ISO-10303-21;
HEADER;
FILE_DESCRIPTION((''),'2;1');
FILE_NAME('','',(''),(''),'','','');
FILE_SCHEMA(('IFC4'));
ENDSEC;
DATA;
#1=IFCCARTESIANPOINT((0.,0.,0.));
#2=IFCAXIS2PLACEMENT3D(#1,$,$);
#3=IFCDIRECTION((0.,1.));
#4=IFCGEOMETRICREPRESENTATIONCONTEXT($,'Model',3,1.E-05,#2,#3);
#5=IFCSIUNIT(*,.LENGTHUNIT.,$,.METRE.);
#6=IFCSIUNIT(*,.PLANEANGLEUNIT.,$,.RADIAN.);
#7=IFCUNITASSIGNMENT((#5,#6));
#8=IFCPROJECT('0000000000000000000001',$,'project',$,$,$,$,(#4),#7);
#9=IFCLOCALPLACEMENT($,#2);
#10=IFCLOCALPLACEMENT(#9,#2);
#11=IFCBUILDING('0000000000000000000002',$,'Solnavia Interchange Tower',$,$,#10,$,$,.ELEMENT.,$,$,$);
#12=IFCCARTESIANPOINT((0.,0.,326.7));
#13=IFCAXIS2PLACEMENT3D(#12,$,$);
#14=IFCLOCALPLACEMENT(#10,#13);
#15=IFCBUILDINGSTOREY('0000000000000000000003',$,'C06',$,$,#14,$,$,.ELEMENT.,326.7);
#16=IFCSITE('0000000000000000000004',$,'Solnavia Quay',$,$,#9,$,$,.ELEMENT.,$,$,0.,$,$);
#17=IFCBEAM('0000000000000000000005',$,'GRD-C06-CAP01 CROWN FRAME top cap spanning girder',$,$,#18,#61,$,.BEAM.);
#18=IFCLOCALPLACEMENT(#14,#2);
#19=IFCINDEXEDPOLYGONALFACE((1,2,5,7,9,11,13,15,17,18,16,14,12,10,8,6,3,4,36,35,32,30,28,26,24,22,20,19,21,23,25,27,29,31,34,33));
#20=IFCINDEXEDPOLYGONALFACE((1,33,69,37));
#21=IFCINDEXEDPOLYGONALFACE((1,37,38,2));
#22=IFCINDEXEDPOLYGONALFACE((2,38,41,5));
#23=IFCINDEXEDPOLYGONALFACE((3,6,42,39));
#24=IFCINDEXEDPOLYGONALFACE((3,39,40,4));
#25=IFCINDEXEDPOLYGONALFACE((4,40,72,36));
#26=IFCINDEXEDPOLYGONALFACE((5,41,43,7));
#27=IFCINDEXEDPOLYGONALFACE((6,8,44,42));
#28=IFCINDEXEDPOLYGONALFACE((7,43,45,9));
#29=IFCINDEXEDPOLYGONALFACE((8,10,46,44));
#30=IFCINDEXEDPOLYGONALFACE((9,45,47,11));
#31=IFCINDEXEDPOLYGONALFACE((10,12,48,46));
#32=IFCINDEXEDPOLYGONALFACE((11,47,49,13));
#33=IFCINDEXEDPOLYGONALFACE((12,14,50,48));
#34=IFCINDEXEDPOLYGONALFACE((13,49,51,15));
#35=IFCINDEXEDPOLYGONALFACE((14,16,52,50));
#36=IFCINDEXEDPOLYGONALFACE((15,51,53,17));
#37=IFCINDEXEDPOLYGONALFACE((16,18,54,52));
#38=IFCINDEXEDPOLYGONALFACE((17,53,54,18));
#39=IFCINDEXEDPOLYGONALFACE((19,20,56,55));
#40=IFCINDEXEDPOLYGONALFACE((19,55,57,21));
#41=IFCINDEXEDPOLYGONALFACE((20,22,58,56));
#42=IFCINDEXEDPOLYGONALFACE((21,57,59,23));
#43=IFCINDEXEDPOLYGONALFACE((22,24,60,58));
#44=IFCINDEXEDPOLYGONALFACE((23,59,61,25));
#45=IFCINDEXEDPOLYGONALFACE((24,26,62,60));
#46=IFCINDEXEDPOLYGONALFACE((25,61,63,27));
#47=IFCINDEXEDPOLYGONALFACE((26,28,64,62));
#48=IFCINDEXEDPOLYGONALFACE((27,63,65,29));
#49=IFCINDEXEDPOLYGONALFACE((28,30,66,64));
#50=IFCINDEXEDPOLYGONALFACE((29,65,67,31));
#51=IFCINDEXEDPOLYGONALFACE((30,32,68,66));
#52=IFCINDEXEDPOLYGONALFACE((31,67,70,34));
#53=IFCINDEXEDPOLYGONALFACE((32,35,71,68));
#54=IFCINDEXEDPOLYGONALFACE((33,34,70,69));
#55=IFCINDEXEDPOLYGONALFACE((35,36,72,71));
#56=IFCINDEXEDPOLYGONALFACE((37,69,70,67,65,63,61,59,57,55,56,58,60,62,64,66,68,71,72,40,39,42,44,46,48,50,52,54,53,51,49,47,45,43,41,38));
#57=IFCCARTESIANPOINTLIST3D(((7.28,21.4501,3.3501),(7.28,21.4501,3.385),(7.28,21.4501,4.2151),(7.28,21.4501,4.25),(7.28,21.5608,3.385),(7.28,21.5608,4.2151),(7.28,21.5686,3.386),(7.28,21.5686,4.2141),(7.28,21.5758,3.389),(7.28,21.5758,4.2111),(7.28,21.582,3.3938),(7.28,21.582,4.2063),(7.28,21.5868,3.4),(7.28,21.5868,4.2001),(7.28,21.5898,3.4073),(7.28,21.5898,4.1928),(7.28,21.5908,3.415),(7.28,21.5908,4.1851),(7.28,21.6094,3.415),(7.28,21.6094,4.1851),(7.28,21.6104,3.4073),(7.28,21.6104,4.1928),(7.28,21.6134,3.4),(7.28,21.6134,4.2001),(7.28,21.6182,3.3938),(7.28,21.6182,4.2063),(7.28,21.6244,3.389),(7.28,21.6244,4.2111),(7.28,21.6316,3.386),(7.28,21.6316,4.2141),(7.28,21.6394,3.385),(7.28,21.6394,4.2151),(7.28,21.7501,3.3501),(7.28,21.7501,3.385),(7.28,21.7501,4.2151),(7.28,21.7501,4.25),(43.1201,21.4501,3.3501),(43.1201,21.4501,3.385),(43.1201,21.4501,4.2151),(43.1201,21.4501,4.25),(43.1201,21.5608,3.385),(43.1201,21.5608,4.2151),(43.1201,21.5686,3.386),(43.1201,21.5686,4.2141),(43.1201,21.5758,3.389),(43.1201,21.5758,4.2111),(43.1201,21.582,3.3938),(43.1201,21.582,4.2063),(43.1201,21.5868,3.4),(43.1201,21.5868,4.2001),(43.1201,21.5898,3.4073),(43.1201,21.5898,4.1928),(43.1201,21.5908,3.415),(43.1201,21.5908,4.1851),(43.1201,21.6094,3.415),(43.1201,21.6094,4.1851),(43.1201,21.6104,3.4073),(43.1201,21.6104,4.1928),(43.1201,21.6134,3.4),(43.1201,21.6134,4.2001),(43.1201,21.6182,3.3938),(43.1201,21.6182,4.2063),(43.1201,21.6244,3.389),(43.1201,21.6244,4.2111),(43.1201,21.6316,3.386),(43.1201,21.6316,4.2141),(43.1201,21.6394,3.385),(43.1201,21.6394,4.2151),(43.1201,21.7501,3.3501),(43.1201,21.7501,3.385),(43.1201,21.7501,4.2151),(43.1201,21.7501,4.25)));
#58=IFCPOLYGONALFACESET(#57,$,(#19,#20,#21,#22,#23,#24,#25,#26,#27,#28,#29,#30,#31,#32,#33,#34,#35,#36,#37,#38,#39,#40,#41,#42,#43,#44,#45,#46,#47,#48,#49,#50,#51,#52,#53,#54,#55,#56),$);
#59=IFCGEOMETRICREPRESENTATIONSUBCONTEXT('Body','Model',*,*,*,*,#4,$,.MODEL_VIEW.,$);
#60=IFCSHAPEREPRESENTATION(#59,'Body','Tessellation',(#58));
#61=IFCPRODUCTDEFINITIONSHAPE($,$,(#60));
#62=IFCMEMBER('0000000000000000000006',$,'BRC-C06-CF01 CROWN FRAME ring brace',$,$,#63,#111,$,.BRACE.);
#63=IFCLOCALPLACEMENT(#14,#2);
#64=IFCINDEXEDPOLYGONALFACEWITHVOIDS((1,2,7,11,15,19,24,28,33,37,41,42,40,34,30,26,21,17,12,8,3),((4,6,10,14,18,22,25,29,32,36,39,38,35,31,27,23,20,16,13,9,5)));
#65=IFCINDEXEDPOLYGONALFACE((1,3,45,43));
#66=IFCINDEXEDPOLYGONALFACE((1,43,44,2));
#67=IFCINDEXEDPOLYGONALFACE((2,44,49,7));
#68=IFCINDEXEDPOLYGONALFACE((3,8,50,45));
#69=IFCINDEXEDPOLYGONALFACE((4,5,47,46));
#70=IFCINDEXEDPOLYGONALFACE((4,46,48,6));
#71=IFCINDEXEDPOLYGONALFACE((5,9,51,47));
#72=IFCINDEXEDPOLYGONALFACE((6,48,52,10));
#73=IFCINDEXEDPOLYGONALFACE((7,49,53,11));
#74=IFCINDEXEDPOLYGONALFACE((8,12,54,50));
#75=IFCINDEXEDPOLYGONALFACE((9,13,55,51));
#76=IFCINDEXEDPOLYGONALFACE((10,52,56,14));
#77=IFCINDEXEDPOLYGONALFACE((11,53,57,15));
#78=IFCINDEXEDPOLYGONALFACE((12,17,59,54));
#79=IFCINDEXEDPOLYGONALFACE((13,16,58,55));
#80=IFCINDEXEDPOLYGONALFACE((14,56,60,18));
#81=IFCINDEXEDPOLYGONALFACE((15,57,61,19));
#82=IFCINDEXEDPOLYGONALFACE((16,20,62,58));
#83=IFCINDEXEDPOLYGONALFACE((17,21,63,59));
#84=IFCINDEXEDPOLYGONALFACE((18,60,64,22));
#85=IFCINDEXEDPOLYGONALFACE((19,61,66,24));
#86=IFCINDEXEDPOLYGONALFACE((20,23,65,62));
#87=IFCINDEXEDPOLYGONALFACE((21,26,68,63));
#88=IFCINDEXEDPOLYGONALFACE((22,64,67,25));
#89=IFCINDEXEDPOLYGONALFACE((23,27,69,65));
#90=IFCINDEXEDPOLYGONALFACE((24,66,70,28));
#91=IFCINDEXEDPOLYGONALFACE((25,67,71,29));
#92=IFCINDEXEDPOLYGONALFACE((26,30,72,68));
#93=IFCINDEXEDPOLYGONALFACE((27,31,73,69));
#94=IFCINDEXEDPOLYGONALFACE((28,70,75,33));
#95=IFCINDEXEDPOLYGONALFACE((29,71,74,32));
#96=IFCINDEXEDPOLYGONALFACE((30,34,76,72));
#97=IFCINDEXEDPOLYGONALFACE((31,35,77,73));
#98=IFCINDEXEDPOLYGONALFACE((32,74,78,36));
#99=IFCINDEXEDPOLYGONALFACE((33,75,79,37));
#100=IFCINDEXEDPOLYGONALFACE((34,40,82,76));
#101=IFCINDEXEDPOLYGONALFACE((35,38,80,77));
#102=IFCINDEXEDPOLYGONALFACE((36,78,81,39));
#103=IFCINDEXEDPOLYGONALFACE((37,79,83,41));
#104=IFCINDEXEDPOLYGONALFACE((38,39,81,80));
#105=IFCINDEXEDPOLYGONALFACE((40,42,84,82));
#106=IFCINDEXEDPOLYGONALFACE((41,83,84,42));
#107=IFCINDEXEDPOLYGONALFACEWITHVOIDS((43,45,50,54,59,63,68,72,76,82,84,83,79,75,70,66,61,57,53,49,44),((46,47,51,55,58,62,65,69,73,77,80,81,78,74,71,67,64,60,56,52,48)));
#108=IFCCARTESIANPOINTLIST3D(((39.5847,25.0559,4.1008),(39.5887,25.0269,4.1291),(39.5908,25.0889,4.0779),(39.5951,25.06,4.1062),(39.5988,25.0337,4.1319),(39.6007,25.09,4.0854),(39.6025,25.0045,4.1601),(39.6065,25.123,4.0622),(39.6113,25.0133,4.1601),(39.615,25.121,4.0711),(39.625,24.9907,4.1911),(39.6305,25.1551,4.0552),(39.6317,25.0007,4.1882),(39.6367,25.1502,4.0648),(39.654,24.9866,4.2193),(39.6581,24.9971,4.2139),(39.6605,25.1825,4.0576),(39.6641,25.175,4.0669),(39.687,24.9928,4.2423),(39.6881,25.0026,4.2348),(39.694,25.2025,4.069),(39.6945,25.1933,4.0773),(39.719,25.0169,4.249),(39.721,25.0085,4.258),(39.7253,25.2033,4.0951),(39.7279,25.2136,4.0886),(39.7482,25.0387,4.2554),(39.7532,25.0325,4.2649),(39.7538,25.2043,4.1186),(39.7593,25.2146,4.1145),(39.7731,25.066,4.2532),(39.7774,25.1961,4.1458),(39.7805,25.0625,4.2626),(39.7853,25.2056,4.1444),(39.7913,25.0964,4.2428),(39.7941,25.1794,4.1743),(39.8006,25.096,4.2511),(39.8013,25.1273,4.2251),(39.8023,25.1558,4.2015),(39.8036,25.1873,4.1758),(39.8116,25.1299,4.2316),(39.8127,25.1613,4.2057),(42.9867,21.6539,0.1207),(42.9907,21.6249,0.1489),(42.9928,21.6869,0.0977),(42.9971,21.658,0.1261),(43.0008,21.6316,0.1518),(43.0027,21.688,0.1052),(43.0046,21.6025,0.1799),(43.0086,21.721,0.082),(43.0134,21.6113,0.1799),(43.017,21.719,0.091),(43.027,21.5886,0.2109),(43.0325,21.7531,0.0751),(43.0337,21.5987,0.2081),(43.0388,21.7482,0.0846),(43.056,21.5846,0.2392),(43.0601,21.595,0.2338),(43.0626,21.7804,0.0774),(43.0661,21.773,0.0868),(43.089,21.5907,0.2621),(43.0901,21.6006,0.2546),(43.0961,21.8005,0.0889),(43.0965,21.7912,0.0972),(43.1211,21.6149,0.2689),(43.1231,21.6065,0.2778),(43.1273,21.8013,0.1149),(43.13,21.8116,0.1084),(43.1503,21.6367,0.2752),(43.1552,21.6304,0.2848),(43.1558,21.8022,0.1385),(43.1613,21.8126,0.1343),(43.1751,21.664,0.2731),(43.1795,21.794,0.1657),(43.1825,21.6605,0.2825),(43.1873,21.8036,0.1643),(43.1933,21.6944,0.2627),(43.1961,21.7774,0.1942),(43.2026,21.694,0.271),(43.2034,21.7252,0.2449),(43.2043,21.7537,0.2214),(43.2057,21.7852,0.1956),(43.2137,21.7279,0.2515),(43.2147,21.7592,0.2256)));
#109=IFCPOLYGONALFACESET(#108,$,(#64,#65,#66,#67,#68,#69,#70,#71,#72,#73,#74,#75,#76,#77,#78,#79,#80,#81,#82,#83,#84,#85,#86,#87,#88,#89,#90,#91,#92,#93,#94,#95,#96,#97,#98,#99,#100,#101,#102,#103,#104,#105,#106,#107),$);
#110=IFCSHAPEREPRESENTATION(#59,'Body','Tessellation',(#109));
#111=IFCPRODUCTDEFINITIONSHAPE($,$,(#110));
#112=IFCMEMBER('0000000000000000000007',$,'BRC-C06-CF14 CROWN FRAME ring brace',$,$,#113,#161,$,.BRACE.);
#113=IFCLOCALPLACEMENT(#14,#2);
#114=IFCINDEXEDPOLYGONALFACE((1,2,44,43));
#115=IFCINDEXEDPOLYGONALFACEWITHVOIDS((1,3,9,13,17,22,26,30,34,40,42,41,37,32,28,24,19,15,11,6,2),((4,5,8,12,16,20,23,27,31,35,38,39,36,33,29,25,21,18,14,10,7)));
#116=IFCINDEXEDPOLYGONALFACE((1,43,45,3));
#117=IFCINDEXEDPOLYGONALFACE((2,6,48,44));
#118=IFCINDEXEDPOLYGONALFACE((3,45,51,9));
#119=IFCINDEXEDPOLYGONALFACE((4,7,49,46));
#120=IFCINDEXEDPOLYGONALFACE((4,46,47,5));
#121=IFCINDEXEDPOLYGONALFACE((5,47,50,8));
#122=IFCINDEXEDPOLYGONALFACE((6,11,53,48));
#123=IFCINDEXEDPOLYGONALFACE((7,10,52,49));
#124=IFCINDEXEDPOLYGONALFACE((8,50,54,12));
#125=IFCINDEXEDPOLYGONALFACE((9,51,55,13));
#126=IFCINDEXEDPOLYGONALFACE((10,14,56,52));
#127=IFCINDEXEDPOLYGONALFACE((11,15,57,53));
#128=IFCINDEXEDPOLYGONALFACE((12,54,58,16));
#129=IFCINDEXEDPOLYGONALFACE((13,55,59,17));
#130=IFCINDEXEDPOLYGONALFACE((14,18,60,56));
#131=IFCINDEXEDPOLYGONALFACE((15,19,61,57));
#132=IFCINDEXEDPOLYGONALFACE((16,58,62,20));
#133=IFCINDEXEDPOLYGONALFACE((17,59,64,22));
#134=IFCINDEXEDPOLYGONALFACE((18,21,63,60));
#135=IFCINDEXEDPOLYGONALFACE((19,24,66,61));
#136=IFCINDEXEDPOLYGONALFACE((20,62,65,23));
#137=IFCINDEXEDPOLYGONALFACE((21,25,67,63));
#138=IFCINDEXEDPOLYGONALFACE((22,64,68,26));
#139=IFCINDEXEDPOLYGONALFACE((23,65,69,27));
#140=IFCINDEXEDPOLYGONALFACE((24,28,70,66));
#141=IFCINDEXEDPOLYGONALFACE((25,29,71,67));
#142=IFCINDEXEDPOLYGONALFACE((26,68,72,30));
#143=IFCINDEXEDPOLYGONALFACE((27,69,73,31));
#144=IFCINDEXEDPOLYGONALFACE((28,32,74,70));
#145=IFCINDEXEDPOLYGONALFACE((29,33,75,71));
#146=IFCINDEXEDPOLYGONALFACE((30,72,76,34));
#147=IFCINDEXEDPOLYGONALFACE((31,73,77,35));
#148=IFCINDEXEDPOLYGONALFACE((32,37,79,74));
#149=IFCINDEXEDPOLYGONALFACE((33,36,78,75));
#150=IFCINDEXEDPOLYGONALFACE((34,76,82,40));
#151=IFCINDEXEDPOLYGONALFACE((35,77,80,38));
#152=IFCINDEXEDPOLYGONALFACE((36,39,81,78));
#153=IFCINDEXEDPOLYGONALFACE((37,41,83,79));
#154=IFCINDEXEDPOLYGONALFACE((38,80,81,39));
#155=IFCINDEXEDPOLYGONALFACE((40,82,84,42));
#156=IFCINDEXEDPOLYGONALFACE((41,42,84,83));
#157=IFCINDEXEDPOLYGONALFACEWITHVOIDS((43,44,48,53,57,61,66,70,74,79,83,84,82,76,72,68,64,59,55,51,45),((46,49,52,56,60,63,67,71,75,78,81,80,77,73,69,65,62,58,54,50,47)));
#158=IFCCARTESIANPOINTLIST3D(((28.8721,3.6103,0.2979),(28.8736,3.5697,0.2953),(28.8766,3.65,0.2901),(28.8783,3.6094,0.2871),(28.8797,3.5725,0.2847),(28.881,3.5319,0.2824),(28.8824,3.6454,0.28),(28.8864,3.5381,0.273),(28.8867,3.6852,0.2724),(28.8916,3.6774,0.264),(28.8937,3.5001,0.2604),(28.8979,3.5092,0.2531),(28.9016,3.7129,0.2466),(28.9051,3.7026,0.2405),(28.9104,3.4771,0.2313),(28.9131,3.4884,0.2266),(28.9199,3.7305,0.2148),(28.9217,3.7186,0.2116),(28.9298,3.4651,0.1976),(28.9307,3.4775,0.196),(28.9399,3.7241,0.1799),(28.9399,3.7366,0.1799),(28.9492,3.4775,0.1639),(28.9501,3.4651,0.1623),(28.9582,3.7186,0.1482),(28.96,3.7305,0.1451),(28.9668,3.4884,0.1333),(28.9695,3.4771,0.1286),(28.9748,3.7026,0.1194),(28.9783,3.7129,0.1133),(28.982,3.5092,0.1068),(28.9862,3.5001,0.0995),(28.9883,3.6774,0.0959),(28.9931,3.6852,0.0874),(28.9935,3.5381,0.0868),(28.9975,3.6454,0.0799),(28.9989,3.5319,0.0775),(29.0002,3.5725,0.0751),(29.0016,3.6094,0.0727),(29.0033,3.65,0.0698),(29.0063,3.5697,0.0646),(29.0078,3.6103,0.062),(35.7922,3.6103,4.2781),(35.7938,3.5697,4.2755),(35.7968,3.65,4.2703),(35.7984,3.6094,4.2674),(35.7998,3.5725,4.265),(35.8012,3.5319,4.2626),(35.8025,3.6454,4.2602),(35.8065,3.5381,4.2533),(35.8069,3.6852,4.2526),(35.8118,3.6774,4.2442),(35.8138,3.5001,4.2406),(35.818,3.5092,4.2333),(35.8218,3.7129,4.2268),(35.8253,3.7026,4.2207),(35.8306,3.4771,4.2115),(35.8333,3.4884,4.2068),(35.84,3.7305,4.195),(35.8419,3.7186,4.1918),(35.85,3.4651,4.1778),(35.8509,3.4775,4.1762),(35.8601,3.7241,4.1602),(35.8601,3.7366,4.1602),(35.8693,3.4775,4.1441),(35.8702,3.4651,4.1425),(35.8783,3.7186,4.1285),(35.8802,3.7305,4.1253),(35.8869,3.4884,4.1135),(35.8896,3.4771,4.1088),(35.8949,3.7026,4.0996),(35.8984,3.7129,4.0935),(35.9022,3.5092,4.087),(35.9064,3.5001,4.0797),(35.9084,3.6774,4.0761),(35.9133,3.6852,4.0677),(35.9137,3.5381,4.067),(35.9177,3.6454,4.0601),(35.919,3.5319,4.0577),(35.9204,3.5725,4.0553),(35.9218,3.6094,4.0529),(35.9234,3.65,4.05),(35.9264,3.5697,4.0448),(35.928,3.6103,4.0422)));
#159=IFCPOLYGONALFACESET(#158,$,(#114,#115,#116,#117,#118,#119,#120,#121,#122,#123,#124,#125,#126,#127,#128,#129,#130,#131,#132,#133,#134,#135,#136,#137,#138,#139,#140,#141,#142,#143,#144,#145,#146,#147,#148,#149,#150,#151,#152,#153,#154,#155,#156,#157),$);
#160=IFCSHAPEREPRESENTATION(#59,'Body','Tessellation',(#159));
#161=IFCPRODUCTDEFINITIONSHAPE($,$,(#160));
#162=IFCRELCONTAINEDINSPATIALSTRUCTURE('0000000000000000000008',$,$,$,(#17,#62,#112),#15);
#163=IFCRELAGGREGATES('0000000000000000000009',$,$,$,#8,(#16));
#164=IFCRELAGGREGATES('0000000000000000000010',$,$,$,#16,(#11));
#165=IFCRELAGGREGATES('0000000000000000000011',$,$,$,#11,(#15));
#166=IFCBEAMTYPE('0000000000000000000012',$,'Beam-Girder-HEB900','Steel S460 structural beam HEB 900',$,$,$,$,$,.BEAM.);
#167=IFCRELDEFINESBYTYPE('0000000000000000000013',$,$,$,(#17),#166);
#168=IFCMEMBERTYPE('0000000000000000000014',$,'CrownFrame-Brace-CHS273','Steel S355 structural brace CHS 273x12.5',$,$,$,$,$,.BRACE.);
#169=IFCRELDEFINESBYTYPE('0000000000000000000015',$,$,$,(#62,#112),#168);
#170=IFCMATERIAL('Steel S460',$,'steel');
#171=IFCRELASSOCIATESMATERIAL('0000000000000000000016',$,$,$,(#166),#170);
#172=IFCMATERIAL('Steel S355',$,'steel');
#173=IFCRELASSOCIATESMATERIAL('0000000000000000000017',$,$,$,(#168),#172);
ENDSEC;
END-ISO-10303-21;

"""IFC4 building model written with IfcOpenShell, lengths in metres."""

from ifc_helpers import new_model, si_unit, direction, frame, origin, origin_2d, place, context, subcontext, project, spatial, hollow_circle, i_section, extrude, material, material_profile, profile_set, type_object, element, save


model = new_model("IFC4")

# Units and contexts
model_context = context("Model", 3, precision=1e-05, world=origin(), true_north=direction((0.0, 1.0)))
body_context = subcontext(model_context, "Body", "Model", "MODEL_VIEW")
ifc_project = project(units=[si_unit("LENGTHUNIT", "METRE"), si_unit("PLANEANGLEUNIT", "RADIAN")], contexts=[model_context])

# Site, building, storey
site_placement = place(None, origin())
site = spatial("IfcSite", under=ifc_project, at=site_placement, Name="Solnavia Quay", CompositionType="ELEMENT", RefElevation=0.0)
building_placement = place(site_placement, origin())
building = spatial("IfcBuilding", under=site, at=building_placement, Name="Solnavia Interchange Tower", CompositionType="ELEMENT")
storey_placement = place(building_placement, frame((0.0, 0.0, 326.7)))
storey = spatial("IfcBuildingStorey", under=building, at=storey_placement, Name="C06", CompositionType="ELEMENT", Elevation=326.7)

# Shared definitions
ifc_material_1 = material(Name="Steel S460", Category="steel")

# Beam
ifc_material_profile_1 = material_profile(ifc_material_1, i_section(OverallWidth=0.3, OverallDepth=0.8999, WebThickness=0.0186, FlangeThickness=0.0349, FilletRadius=0.03, at=origin_2d()), Name="HEB 900")
ifc_profile_set_1 = profile_set([ifc_material_profile_1], Name="Steel S460")
beam_type_1 = type_object("IfcBeamType", Name="Beam-Girder-HEB900", Description="Steel S460 structural beam HEB 900", PredefinedType="BEAM", material=ifc_profile_set_1)
beam_1_placement = place(storey_placement, frame((43.1201, 21.6001, 3.8), z_axis=(-1.0, 0.0, 0.0), x_axis=(0.0, -1.0, 0.0)))
element("IfcBeam", 1, at=beam_1_placement, inside=storey, type_object=beam_type_1, Name="GRD-C06-CAP01 CROWN FRAME top cap spanning girder", PredefinedType="BEAM", context=body_context, shape_type="SweptSolid", body=[
    extrude(i_section(OverallWidth=0.3, OverallDepth=0.8999, WebThickness=0.0186, FlangeThickness=0.0349, FilletRadius=0.03, at=origin_2d()), origin(), (0.0, 0.0, 1.0), 35.8401),
])

# Members
ifc_material_2 = material(Name="Steel S355", Category="steel")
ifc_material_profile_2 = material_profile(ifc_material_2, hollow_circle(Radius=0.1365, WallThickness=0.0125, at=origin_2d()), Name="CHS 273x12.5")
ifc_profile_set_2 = profile_set([ifc_material_profile_2], Name="Steel S355")
member_type = type_object("IfcMemberType", Name="CrownFrame-Brace-CHS273", Description="Steel S355 structural brace CHS 273x12.5", PredefinedType="BRACE", material=ifc_profile_set_2)
member_1_placement = place(storey_placement, frame((43.1011, 21.699, 0.1799), z_axis=(-0.544837, 0.544837, 0.637422), x_axis=(-0.707107, -0.707107, 0.0)))
element("IfcMember", 2, at=member_1_placement, inside=storey, type_object=member_type, Name="BRC-C06-CF01 CROWN FRAME ring brace", PredefinedType="BRACE", context=body_context, shape_type="SweptSolid", body=[
    extrude(hollow_circle(Radius=0.1365, WallThickness=0.0125, at=origin_2d()), origin(), (0.0, 0.0, 1.0), 6.2441),
])
member_2_placement = place(storey_placement, frame((28.9399, 3.6001, 0.1799), z_axis=(0.866845, 0.0, 0.498577), x_axis=(0.0, 1.0, 0.0)))
element("IfcMember", 3, at=member_2_placement, inside=storey, type_object=member_type, Name="BRC-C06-CF14 CROWN FRAME ring brace", PredefinedType="BRACE", context=body_context, shape_type="SweptSolid", body=[
    extrude(hollow_circle(Radius=0.1365, WallThickness=0.0125, at=origin_2d()), origin(), (0.0, 0.0, 1.0), 7.9832),
])

save(model, "model.ifc")
